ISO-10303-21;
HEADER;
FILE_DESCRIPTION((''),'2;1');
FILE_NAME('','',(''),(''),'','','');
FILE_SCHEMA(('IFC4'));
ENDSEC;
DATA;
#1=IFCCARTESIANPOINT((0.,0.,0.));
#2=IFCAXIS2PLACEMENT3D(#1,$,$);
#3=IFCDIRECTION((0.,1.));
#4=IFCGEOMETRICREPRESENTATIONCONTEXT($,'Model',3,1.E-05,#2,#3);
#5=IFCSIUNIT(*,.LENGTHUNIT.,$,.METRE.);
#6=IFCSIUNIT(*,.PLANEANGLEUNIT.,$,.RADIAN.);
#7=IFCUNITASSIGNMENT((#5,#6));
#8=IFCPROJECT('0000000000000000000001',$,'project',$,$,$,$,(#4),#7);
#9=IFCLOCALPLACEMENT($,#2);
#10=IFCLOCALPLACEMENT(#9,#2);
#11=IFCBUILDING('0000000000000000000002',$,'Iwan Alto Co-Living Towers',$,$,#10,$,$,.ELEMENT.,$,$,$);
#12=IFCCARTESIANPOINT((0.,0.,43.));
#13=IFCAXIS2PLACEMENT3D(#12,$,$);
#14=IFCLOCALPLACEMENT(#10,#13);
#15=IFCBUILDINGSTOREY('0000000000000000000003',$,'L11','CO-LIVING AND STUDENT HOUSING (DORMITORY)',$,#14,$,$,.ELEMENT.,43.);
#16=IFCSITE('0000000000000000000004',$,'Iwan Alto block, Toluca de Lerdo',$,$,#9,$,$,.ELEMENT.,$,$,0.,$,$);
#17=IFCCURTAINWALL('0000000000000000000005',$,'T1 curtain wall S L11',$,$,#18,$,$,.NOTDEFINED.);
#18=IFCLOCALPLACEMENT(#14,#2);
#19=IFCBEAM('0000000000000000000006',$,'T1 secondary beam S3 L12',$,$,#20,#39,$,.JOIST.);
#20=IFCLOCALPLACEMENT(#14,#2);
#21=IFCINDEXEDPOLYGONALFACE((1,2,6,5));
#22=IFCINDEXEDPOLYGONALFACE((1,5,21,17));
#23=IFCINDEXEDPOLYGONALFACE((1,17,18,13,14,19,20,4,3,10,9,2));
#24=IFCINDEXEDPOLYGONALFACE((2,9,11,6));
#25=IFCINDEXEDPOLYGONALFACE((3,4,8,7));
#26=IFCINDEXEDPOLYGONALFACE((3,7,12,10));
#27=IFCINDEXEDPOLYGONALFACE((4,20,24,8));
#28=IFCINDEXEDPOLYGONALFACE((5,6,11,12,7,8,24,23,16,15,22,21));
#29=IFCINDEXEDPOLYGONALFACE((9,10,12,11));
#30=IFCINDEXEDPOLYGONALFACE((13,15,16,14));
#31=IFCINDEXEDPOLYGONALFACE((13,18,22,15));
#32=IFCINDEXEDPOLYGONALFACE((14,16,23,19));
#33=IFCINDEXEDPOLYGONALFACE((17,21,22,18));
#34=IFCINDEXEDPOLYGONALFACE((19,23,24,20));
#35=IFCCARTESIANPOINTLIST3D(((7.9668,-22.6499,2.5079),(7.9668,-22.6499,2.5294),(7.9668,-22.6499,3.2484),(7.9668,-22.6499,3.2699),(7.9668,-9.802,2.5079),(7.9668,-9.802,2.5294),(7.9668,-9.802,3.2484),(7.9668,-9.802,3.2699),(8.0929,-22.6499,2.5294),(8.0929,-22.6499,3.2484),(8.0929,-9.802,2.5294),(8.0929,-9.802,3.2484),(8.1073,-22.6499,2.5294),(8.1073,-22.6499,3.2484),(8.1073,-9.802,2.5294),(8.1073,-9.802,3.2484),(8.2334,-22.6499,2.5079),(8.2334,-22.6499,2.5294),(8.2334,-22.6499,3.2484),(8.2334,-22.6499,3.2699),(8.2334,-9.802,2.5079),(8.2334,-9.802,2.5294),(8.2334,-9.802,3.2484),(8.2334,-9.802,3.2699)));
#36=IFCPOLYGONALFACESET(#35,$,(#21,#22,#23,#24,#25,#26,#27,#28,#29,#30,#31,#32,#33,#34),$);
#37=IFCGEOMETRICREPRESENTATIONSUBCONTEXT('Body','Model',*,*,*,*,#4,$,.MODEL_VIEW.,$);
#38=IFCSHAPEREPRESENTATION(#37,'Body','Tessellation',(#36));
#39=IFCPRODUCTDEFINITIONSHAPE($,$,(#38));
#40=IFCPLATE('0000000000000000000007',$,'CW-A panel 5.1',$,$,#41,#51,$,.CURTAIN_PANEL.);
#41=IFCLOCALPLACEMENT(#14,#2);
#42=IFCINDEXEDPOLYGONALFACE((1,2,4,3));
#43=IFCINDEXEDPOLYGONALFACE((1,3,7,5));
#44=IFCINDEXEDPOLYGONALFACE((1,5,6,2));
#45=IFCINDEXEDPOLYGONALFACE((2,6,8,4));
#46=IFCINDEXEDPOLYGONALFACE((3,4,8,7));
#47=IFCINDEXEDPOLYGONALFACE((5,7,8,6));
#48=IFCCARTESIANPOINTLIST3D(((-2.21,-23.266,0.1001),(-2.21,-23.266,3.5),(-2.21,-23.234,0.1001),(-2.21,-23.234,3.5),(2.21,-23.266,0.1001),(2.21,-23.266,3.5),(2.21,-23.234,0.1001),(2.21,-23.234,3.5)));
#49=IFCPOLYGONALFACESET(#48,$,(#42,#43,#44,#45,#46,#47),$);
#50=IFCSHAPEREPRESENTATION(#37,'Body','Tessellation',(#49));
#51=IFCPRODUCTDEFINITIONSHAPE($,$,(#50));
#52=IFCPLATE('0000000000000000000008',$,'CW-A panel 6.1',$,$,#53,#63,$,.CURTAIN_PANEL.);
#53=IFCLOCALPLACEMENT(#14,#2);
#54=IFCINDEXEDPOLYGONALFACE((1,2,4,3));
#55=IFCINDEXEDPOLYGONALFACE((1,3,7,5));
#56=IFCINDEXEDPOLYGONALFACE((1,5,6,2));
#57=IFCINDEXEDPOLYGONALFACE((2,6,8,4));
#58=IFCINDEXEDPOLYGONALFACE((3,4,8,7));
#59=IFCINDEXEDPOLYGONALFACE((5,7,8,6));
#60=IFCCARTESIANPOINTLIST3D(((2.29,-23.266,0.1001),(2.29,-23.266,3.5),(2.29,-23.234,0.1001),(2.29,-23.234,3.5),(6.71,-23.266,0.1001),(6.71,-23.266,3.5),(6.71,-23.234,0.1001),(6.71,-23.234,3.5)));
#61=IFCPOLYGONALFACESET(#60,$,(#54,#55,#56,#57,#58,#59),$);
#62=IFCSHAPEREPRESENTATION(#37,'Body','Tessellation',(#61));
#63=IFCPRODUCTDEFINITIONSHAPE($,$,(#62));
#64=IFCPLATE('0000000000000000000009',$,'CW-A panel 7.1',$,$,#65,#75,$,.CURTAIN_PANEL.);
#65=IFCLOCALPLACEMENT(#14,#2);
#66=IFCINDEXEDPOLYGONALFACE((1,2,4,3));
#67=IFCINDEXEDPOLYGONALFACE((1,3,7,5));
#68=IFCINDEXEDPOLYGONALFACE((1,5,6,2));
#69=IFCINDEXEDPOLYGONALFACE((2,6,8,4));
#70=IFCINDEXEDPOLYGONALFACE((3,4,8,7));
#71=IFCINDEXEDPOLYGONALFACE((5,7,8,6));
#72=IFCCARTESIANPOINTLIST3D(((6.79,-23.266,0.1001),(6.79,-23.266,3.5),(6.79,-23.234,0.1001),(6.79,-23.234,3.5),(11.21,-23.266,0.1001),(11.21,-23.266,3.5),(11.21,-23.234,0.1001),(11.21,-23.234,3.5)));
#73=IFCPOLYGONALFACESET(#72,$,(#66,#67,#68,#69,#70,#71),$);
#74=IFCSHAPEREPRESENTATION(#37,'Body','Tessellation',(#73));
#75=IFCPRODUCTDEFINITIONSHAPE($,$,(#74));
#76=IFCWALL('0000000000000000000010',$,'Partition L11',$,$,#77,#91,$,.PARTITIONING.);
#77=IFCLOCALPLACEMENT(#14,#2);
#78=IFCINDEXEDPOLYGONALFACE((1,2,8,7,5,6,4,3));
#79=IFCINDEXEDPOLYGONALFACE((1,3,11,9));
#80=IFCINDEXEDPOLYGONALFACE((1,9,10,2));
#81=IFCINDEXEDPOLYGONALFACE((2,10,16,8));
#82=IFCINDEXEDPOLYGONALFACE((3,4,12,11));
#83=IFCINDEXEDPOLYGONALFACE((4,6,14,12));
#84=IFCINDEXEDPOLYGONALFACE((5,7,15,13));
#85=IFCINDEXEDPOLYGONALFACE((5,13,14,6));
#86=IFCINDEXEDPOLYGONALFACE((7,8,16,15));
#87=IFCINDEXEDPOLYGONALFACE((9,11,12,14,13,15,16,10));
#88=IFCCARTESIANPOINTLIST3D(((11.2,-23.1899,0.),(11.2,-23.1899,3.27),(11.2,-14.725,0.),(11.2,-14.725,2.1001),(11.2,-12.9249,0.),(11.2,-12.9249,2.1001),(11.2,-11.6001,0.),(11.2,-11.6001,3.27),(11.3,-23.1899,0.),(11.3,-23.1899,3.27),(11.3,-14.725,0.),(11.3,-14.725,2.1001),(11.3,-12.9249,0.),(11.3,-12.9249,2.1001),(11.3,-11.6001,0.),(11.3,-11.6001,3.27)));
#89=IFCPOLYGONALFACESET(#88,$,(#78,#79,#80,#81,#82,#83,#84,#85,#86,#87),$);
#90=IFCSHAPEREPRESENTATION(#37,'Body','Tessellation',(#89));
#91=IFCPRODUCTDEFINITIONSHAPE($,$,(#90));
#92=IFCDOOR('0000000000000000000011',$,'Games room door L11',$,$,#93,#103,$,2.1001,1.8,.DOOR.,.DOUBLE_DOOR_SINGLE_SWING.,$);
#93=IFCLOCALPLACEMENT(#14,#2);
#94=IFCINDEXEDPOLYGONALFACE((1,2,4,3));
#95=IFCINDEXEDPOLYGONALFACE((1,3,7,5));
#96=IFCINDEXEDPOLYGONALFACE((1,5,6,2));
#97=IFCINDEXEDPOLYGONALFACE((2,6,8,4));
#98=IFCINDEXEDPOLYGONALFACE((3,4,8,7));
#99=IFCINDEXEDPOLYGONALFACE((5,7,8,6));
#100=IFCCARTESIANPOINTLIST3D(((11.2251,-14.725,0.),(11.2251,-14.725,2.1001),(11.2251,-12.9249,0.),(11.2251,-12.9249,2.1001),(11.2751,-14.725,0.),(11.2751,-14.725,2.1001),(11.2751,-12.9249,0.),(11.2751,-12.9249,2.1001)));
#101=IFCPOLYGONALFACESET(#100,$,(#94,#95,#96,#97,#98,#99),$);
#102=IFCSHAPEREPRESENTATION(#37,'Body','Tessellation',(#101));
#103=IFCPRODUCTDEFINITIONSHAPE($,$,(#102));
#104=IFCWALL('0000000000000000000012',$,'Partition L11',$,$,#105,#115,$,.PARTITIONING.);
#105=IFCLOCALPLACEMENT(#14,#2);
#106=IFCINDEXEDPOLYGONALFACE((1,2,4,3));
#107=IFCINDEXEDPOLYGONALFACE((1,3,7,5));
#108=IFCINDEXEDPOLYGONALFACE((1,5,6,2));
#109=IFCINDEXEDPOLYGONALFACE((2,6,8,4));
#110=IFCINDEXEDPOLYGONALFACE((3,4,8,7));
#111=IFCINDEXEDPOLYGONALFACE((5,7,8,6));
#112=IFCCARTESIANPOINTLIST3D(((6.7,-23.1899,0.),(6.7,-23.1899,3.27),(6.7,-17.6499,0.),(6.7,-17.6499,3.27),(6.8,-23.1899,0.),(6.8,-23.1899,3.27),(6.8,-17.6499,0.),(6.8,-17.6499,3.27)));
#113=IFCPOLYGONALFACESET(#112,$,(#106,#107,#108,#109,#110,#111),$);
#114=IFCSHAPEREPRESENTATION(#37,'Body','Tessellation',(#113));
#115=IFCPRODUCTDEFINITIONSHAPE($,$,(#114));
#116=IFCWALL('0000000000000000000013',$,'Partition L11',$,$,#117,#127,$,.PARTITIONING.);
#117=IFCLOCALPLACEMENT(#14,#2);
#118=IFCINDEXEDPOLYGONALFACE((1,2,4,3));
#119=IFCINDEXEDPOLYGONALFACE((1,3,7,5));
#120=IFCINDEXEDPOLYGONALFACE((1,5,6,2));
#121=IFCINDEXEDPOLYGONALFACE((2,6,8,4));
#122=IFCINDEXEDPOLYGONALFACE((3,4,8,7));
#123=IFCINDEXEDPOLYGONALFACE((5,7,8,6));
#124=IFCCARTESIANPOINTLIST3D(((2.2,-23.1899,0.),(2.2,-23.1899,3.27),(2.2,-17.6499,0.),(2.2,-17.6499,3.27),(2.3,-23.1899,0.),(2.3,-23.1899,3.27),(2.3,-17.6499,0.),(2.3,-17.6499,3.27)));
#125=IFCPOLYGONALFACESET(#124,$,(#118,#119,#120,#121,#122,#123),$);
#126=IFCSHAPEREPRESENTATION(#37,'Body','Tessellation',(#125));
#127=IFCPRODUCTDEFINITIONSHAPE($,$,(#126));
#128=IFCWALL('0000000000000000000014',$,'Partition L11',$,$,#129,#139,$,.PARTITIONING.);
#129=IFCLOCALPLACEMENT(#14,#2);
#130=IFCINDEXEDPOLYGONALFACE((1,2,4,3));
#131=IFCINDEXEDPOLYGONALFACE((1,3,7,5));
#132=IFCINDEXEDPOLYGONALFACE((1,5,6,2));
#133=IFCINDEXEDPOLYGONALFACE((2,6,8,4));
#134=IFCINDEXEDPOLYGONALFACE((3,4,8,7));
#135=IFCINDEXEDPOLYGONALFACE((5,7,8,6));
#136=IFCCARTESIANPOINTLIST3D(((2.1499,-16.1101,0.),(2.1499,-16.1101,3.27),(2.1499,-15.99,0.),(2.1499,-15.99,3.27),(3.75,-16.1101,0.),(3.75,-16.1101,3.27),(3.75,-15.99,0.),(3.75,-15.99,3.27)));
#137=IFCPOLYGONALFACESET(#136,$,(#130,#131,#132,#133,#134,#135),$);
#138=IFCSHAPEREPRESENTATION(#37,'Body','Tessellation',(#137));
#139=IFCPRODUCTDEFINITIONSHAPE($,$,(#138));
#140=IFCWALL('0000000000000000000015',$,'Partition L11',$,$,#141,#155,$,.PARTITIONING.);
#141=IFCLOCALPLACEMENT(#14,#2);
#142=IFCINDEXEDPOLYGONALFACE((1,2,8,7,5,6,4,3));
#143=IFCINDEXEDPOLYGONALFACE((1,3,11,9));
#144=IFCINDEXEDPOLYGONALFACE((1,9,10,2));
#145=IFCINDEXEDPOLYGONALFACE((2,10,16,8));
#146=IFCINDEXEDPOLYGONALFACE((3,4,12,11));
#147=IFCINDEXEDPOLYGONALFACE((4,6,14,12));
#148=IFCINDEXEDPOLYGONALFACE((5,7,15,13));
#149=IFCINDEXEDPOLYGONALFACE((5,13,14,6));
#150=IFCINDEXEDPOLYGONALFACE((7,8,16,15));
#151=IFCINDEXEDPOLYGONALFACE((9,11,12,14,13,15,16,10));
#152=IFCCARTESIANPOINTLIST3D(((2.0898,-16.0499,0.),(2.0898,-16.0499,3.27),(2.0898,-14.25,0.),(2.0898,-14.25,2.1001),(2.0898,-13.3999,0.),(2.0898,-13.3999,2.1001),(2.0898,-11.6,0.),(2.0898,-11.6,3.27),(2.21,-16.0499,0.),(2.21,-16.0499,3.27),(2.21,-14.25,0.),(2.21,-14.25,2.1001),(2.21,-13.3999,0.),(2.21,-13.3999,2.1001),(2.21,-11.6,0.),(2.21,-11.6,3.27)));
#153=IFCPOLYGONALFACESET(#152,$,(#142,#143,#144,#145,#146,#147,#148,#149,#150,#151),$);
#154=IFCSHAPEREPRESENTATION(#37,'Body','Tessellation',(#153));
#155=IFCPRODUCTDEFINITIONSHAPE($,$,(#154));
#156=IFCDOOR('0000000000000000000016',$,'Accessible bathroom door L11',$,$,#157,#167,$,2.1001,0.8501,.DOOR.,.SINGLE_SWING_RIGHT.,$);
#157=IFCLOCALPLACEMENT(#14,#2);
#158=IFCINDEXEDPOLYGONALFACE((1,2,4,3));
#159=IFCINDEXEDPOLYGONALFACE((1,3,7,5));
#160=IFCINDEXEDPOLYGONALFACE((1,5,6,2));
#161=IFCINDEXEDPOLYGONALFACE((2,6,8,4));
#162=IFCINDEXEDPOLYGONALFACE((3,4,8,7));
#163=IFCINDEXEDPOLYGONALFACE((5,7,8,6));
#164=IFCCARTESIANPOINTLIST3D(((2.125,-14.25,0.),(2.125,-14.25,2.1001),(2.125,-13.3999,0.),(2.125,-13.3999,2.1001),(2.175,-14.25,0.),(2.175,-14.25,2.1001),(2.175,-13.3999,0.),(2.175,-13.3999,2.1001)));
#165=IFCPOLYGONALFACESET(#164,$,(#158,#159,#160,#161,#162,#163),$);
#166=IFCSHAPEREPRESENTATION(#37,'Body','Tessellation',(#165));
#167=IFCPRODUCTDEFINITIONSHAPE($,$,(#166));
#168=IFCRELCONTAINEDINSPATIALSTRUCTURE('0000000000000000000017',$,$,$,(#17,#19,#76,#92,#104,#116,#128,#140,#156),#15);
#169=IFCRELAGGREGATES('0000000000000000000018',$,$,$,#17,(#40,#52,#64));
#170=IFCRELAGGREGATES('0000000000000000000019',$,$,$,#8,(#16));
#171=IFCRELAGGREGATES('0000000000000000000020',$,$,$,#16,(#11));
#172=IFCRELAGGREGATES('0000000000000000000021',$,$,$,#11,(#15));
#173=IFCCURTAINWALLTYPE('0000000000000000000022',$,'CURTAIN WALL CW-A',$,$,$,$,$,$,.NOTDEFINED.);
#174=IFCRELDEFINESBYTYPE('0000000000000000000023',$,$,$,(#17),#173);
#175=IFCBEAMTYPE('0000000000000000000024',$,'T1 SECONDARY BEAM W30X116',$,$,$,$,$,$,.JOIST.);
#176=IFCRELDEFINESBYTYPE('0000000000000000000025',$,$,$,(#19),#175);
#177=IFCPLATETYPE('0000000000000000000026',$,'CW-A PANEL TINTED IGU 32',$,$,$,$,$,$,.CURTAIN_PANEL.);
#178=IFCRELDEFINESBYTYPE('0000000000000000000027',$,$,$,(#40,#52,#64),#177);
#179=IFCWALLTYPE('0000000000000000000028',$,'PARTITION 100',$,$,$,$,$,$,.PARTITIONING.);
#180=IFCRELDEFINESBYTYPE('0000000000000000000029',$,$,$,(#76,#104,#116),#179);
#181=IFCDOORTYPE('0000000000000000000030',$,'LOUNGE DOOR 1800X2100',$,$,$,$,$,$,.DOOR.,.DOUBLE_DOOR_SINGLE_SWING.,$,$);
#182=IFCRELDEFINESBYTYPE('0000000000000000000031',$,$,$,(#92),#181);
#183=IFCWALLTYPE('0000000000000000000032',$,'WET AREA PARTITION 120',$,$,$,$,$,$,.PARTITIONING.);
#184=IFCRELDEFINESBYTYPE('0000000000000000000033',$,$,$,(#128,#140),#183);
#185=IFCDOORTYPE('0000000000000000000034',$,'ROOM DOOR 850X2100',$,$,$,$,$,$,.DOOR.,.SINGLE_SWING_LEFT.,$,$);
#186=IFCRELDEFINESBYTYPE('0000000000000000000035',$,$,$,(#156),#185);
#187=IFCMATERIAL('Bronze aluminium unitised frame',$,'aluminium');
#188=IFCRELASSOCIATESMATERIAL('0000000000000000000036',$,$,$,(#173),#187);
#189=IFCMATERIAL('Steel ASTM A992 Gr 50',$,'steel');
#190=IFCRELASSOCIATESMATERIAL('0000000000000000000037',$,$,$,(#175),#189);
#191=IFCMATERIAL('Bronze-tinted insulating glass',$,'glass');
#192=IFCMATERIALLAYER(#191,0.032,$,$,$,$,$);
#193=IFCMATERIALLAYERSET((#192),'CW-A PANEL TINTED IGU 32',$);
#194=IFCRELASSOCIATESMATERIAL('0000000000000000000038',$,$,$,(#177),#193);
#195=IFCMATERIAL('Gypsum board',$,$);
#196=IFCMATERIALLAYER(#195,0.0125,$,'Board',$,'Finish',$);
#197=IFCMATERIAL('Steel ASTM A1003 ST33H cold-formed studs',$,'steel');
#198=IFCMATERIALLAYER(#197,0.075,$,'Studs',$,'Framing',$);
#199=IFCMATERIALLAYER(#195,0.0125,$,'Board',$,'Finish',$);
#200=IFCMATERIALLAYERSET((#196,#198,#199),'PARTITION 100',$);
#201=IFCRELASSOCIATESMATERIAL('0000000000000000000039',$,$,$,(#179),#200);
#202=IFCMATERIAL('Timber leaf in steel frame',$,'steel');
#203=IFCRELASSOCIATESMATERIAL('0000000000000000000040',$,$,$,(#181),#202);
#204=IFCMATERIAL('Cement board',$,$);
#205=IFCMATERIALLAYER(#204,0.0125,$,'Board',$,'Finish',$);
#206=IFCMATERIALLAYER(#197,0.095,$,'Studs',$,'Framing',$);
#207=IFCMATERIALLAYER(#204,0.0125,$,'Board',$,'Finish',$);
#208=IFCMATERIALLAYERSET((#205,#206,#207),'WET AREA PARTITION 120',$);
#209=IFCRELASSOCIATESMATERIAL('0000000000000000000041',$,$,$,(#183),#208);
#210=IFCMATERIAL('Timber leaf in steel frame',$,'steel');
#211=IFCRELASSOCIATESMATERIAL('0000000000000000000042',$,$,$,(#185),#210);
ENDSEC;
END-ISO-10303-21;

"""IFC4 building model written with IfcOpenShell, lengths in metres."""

from ifc_helpers import new_model, si_unit, direction, frame, frame_2d, origin, origin_2d, place, context, subcontext, project, spatial, rectangle, i_section, extrude, material, layer, layer_set, material_profile, profile_set, type_object, element, fill, aggregate, save


model = new_model("IFC4")

# Units and contexts
model_context = context("Model", 3, precision=1e-05, world=origin(), true_north=direction((0.0, 1.0)))
body_context = subcontext(model_context, "Body", "Model", "MODEL_VIEW")
ifc_project = project(units=[si_unit("LENGTHUNIT", "METRE"), si_unit("PLANEANGLEUNIT", "RADIAN")], contexts=[model_context])

# Site, building, storey
site_placement = place(None, origin())
site = spatial("IfcSite", under=ifc_project, at=site_placement, Name="Iwan Alto block, Toluca de Lerdo", CompositionType="ELEMENT", RefElevation=0.0)
building_placement = place(site_placement, origin())
building = spatial("IfcBuilding", under=site, at=building_placement, Name="Iwan Alto Co-Living Towers", CompositionType="ELEMENT")
storey_placement = place(building_placement, frame((0.0, 0.0, 43.0)))
storey = spatial("IfcBuildingStorey", under=building, at=storey_placement, Name="L11", Description="CO-LIVING AND STUDENT HOUSING (DORMITORY)", CompositionType="ELEMENT", Elevation=43.0)

# Curtain wall
ifc_material_1 = material(Name="Bronze aluminium unitised frame", Category="aluminium")
curtain_wall_type = type_object("IfcCurtainWallType", Name="CURTAIN WALL CW-A", PredefinedType="NOTDEFINED", material=ifc_material_1)
curtain_wall_placement = place(storey_placement, origin())
curtain_wall = element("IfcCurtainWall", 1, at=curtain_wall_placement, inside=storey, type_object=curtain_wall_type, Name="T1 curtain wall S L11", PredefinedType="NOTDEFINED")

# Beam
ifc_material_2 = material(Name="Steel ASTM A992 Gr 50", Category="steel")
ifc_material_profile_1 = material_profile(ifc_material_2, i_section(OverallWidth=0.2666, OverallDepth=0.762, WebThickness=0.0144, FlangeThickness=0.0215, at=origin_2d()), Name="W30X116")
ifc_profile_set_1 = profile_set([ifc_material_profile_1], Name="Steel ASTM A992 Gr 50")
beam_type_1 = type_object("IfcBeamType", Name="T1 SECONDARY BEAM W30X116", PredefinedType="JOIST", material=ifc_profile_set_1)
for number, where, z_axis, x_axis, name in (
    (2, (8.1001, -22.6499, 2.8889), (0.0, 1.0, 0.0), (-1.0, 0.0, 0.0), "T1 secondary beam S3 L12"),
):
    element("IfcBeam", number, at=place(storey_placement, frame(where, z_axis=z_axis, x_axis=x_axis)), inside=storey, type_object=beam_type_1, Name=name, PredefinedType="JOIST", context=body_context, shape_type="SweptSolid", body=[
        extrude(i_section(OverallWidth=0.2666, OverallDepth=0.762, WebThickness=0.0144, FlangeThickness=0.0215, at=origin_2d()), origin(), (0.0, 0.0, 1.0), 12.8479),
    ])

# Plates
ifc_material_3 = material(Name="Bronze-tinted insulating glass", Category="glass")
ifc_layer_1 = layer(ifc_material_3, 0.032)
ifc_layer_set_1 = layer_set([ifc_layer_1], Name="CW-A PANEL TINTED IGU 32")
plate_type = type_object("IfcPlateType", Name="CW-A PANEL TINTED IGU 32", PredefinedType="CURTAIN_PANEL", material=ifc_layer_set_1)
plate_1_placement = place(storey_placement, frame((0.0, -23.25, 0.1001), z_axis=(0.0, 0.0, 1.0), x_axis=(1.0, 0.0, 0.0)))
plate_1 = element("IfcPlate", 3, at=plate_1_placement, type_object=plate_type, Name="CW-A panel 5.1", PredefinedType="CURTAIN_PANEL", context=body_context, shape_type="SweptSolid", body=[
    extrude(rectangle(XDim=4.4199, YDim=0.032, at=origin_2d()), origin(), (0.0, 0.0, 1.0), 3.3999),
])
plate_2_placement = place(storey_placement, frame((4.5, -23.25, 0.1001), z_axis=(0.0, 0.0, 1.0), x_axis=(1.0, 0.0, 0.0)))
plate_2 = element("IfcPlate", 4, at=plate_2_placement, type_object=plate_type, Name="CW-A panel 6.1", PredefinedType="CURTAIN_PANEL", context=body_context, shape_type="SweptSolid", body=[
    extrude(rectangle(XDim=4.4199, YDim=0.032, at=origin_2d()), origin(), (0.0, 0.0, 1.0), 3.3999),
])
plate_3_placement = place(storey_placement, frame((9.0, -23.25, 0.1001), z_axis=(0.0, 0.0, 1.0), x_axis=(1.0, 0.0, 0.0)))
plate_3 = element("IfcPlate", 5, at=plate_3_placement, type_object=plate_type, Name="CW-A panel 7.1", PredefinedType="CURTAIN_PANEL", context=body_context, shape_type="SweptSolid", body=[
    extrude(rectangle(XDim=4.4199, YDim=0.032, at=origin_2d()), origin(), (0.0, 0.0, 1.0), 3.3999),
])
aggregate(curtain_wall, [plate_1, plate_2, plate_3])

# Wall, opening, door
ifc_material_4 = material(Name="Gypsum board")
ifc_layer_2 = layer(ifc_material_4, 0.0125, Name="Board", Category="Finish")
ifc_material_5 = material(Name="Steel ASTM A1003 ST33H cold-formed studs", Category="steel")
ifc_layer_3 = layer(ifc_material_5, 0.075, Name="Studs", Category="Framing")
ifc_layer_4 = layer(ifc_material_4, 0.0125, Name="Board", Category="Finish")
ifc_layer_set_2 = layer_set([ifc_layer_2, ifc_layer_3, ifc_layer_4], Name="PARTITION 100")
wall_type_1 = type_object("IfcWallType", Name="PARTITION 100", PredefinedType="PARTITIONING", material=ifc_layer_set_2)
wall_1_placement = place(storey_placement, frame((11.25, -23.1899, 0.0), z_axis=(0.0, 0.0, 1.0), x_axis=(0.0, 1.0, 0.0)))
wall_1 = element("IfcWall", 6, at=wall_1_placement, inside=storey, type_object=wall_type_1, Name="Partition L11", PredefinedType="PARTITIONING", context=body_context, shape_type="SweptSolid", body=[
    extrude(rectangle(XDim=11.5898, YDim=0.1001, at=frame_2d((5.7949, 0.0))), origin(), (0.0, 0.0, 1.0), 3.27),
])
opening_1_placement = place(wall_1_placement, frame((8.4651, 0.0, 0.0)))
opening_1 = element("IfcOpeningElement", 7, at=opening_1_placement, cuts=wall_1, PredefinedType="OPENING", context=body_context, shape_type="SweptSolid", body=[
    extrude(rectangle(XDim=1.8, YDim=2.1001, at=frame_2d((0.8999, 1.05))), frame((0.0, 0.0601, 0.0), z_axis=(0.0, -1.0, 0.0), x_axis=(1.0, 0.0, 0.0)), (0.0, 0.0, 1.0), 0.1201),
])
ifc_material_6 = material(Name="Timber leaf in steel frame", Category="steel")
door_type_1 = type_object("IfcDoorType", Name="LOUNGE DOOR 1800X2100", OperationType="DOUBLE_DOOR_SINGLE_SWING", PredefinedType="DOOR", material=ifc_material_6)
door_1_placement = place(opening_1_placement, origin())
door_1 = element("IfcDoor", 8, at=door_1_placement, inside=storey, type_object=door_type_1, Name="Games room door L11", OperationType="DOUBLE_DOOR_SINGLE_SWING", OverallHeight=2.1001, OverallWidth=1.8, PredefinedType="DOOR", context=body_context, shape_type="SweptSolid", body=[
    extrude(rectangle(XDim=1.8, YDim=2.1001, at=frame_2d((0.8999, 1.05))), frame((0.0, 0.0249, 0.0), z_axis=(0.0, -1.0, 0.0), x_axis=(1.0, 0.0, 0.0)), (0.0, 0.0, 1.0), 0.05),
])
fill(opening_1, door_1)

# Walls
for number, where, z_axis, x_axis, name in (
    (9, (6.75, -23.1899, 0.0), (0.0, 0.0, 1.0), (0.0, 1.0, 0.0), "Partition L11"),
    (10, (2.25, -23.1899, 0.0), (0.0, 0.0, 1.0), (0.0, 1.0, 0.0), "Partition L11"),
):
    element("IfcWall", number, at=place(storey_placement, frame(where, z_axis=z_axis, x_axis=x_axis)), inside=storey, type_object=wall_type_1, Name=name, PredefinedType="PARTITIONING", context=body_context, shape_type="SweptSolid", body=[
        extrude(rectangle(XDim=5.54, YDim=0.1001, at=frame_2d((2.77, 0.0))), origin(), (0.0, 0.0, 1.0), 3.27),
    ])
ifc_material_7 = material(Name="Cement board")
ifc_layer_5 = layer(ifc_material_7, 0.0125, Name="Board", Category="Finish")
ifc_layer_6 = layer(ifc_material_5, 0.095, Name="Studs", Category="Framing")
ifc_layer_7 = layer(ifc_material_7, 0.0125, Name="Board", Category="Finish")
ifc_layer_set_3 = layer_set([ifc_layer_5, ifc_layer_6, ifc_layer_7], Name="WET AREA PARTITION 120")
wall_type_2 = type_object("IfcWallType", Name="WET AREA PARTITION 120", PredefinedType="PARTITIONING", material=ifc_layer_set_3)
wall_2_placement = place(storey_placement, frame((2.1499, -16.05, 0.0), z_axis=(0.0, 0.0, 1.0), x_axis=(1.0, 0.0, 0.0)))
element("IfcWall", 11, at=wall_2_placement, inside=storey, type_object=wall_type_2, Name="Partition L11", PredefinedType="PARTITIONING", context=body_context, shape_type="SweptSolid", body=[
    extrude(rectangle(XDim=1.6001, YDim=0.1201, at=frame_2d((0.8, 0.0))), origin(), (0.0, 0.0, 1.0), 3.27),
])

# Wall, opening, door
wall_3_placement = place(storey_placement, frame((2.1499, -16.05, 0.0), z_axis=(0.0, 0.0, 1.0), x_axis=(0.0, 1.0, 0.0)))
wall_3 = element("IfcWall", 12, at=wall_3_placement, inside=storey, type_object=wall_type_2, Name="Partition L11", PredefinedType="PARTITIONING", context=body_context, shape_type="SweptSolid", body=[
    extrude(rectangle(XDim=4.45, YDim=0.1201, at=frame_2d((2.2251, 0.0))), origin(), (0.0, 0.0, 1.0), 3.27),
])
opening_2_placement = place(wall_3_placement, frame((1.8, 0.0, 0.0)))
opening_2 = element("IfcOpeningElement", 13, at=opening_2_placement, cuts=wall_3, PredefinedType="OPENING", context=body_context, shape_type="SweptSolid", body=[
    extrude(rectangle(XDim=0.8501, YDim=2.1001, at=frame_2d((0.425, 1.05))), frame((0.0, 0.0701, 0.0), z_axis=(0.0, -1.0, 0.0), x_axis=(1.0, 0.0, 0.0)), (0.0, 0.0, 1.0), 0.1401),
])
ifc_material_8 = material(Name="Timber leaf in steel frame", Category="steel")
door_type_2 = type_object("IfcDoorType", Name="ROOM DOOR 850X2100", OperationType="SINGLE_SWING_LEFT", PredefinedType="DOOR", material=ifc_material_8)
door_2_placement = place(opening_2_placement, origin())
door_2 = element("IfcDoor", 14, at=door_2_placement, inside=storey, type_object=door_type_2, Name="Accessible bathroom door L11", OperationType="SINGLE_SWING_RIGHT", OverallHeight=2.1001, OverallWidth=0.8501, PredefinedType="DOOR", context=body_context, shape_type="SweptSolid", body=[
    extrude(rectangle(XDim=0.8501, YDim=2.1001, at=frame_2d((0.425, 1.05))), frame((0.0, 0.0249, 0.0), z_axis=(0.0, -1.0, 0.0), x_axis=(1.0, 0.0, 0.0)), (0.0, 0.0, 1.0), 0.05),
])
fill(opening_2, door_2)

save(model, "model.ifc")
